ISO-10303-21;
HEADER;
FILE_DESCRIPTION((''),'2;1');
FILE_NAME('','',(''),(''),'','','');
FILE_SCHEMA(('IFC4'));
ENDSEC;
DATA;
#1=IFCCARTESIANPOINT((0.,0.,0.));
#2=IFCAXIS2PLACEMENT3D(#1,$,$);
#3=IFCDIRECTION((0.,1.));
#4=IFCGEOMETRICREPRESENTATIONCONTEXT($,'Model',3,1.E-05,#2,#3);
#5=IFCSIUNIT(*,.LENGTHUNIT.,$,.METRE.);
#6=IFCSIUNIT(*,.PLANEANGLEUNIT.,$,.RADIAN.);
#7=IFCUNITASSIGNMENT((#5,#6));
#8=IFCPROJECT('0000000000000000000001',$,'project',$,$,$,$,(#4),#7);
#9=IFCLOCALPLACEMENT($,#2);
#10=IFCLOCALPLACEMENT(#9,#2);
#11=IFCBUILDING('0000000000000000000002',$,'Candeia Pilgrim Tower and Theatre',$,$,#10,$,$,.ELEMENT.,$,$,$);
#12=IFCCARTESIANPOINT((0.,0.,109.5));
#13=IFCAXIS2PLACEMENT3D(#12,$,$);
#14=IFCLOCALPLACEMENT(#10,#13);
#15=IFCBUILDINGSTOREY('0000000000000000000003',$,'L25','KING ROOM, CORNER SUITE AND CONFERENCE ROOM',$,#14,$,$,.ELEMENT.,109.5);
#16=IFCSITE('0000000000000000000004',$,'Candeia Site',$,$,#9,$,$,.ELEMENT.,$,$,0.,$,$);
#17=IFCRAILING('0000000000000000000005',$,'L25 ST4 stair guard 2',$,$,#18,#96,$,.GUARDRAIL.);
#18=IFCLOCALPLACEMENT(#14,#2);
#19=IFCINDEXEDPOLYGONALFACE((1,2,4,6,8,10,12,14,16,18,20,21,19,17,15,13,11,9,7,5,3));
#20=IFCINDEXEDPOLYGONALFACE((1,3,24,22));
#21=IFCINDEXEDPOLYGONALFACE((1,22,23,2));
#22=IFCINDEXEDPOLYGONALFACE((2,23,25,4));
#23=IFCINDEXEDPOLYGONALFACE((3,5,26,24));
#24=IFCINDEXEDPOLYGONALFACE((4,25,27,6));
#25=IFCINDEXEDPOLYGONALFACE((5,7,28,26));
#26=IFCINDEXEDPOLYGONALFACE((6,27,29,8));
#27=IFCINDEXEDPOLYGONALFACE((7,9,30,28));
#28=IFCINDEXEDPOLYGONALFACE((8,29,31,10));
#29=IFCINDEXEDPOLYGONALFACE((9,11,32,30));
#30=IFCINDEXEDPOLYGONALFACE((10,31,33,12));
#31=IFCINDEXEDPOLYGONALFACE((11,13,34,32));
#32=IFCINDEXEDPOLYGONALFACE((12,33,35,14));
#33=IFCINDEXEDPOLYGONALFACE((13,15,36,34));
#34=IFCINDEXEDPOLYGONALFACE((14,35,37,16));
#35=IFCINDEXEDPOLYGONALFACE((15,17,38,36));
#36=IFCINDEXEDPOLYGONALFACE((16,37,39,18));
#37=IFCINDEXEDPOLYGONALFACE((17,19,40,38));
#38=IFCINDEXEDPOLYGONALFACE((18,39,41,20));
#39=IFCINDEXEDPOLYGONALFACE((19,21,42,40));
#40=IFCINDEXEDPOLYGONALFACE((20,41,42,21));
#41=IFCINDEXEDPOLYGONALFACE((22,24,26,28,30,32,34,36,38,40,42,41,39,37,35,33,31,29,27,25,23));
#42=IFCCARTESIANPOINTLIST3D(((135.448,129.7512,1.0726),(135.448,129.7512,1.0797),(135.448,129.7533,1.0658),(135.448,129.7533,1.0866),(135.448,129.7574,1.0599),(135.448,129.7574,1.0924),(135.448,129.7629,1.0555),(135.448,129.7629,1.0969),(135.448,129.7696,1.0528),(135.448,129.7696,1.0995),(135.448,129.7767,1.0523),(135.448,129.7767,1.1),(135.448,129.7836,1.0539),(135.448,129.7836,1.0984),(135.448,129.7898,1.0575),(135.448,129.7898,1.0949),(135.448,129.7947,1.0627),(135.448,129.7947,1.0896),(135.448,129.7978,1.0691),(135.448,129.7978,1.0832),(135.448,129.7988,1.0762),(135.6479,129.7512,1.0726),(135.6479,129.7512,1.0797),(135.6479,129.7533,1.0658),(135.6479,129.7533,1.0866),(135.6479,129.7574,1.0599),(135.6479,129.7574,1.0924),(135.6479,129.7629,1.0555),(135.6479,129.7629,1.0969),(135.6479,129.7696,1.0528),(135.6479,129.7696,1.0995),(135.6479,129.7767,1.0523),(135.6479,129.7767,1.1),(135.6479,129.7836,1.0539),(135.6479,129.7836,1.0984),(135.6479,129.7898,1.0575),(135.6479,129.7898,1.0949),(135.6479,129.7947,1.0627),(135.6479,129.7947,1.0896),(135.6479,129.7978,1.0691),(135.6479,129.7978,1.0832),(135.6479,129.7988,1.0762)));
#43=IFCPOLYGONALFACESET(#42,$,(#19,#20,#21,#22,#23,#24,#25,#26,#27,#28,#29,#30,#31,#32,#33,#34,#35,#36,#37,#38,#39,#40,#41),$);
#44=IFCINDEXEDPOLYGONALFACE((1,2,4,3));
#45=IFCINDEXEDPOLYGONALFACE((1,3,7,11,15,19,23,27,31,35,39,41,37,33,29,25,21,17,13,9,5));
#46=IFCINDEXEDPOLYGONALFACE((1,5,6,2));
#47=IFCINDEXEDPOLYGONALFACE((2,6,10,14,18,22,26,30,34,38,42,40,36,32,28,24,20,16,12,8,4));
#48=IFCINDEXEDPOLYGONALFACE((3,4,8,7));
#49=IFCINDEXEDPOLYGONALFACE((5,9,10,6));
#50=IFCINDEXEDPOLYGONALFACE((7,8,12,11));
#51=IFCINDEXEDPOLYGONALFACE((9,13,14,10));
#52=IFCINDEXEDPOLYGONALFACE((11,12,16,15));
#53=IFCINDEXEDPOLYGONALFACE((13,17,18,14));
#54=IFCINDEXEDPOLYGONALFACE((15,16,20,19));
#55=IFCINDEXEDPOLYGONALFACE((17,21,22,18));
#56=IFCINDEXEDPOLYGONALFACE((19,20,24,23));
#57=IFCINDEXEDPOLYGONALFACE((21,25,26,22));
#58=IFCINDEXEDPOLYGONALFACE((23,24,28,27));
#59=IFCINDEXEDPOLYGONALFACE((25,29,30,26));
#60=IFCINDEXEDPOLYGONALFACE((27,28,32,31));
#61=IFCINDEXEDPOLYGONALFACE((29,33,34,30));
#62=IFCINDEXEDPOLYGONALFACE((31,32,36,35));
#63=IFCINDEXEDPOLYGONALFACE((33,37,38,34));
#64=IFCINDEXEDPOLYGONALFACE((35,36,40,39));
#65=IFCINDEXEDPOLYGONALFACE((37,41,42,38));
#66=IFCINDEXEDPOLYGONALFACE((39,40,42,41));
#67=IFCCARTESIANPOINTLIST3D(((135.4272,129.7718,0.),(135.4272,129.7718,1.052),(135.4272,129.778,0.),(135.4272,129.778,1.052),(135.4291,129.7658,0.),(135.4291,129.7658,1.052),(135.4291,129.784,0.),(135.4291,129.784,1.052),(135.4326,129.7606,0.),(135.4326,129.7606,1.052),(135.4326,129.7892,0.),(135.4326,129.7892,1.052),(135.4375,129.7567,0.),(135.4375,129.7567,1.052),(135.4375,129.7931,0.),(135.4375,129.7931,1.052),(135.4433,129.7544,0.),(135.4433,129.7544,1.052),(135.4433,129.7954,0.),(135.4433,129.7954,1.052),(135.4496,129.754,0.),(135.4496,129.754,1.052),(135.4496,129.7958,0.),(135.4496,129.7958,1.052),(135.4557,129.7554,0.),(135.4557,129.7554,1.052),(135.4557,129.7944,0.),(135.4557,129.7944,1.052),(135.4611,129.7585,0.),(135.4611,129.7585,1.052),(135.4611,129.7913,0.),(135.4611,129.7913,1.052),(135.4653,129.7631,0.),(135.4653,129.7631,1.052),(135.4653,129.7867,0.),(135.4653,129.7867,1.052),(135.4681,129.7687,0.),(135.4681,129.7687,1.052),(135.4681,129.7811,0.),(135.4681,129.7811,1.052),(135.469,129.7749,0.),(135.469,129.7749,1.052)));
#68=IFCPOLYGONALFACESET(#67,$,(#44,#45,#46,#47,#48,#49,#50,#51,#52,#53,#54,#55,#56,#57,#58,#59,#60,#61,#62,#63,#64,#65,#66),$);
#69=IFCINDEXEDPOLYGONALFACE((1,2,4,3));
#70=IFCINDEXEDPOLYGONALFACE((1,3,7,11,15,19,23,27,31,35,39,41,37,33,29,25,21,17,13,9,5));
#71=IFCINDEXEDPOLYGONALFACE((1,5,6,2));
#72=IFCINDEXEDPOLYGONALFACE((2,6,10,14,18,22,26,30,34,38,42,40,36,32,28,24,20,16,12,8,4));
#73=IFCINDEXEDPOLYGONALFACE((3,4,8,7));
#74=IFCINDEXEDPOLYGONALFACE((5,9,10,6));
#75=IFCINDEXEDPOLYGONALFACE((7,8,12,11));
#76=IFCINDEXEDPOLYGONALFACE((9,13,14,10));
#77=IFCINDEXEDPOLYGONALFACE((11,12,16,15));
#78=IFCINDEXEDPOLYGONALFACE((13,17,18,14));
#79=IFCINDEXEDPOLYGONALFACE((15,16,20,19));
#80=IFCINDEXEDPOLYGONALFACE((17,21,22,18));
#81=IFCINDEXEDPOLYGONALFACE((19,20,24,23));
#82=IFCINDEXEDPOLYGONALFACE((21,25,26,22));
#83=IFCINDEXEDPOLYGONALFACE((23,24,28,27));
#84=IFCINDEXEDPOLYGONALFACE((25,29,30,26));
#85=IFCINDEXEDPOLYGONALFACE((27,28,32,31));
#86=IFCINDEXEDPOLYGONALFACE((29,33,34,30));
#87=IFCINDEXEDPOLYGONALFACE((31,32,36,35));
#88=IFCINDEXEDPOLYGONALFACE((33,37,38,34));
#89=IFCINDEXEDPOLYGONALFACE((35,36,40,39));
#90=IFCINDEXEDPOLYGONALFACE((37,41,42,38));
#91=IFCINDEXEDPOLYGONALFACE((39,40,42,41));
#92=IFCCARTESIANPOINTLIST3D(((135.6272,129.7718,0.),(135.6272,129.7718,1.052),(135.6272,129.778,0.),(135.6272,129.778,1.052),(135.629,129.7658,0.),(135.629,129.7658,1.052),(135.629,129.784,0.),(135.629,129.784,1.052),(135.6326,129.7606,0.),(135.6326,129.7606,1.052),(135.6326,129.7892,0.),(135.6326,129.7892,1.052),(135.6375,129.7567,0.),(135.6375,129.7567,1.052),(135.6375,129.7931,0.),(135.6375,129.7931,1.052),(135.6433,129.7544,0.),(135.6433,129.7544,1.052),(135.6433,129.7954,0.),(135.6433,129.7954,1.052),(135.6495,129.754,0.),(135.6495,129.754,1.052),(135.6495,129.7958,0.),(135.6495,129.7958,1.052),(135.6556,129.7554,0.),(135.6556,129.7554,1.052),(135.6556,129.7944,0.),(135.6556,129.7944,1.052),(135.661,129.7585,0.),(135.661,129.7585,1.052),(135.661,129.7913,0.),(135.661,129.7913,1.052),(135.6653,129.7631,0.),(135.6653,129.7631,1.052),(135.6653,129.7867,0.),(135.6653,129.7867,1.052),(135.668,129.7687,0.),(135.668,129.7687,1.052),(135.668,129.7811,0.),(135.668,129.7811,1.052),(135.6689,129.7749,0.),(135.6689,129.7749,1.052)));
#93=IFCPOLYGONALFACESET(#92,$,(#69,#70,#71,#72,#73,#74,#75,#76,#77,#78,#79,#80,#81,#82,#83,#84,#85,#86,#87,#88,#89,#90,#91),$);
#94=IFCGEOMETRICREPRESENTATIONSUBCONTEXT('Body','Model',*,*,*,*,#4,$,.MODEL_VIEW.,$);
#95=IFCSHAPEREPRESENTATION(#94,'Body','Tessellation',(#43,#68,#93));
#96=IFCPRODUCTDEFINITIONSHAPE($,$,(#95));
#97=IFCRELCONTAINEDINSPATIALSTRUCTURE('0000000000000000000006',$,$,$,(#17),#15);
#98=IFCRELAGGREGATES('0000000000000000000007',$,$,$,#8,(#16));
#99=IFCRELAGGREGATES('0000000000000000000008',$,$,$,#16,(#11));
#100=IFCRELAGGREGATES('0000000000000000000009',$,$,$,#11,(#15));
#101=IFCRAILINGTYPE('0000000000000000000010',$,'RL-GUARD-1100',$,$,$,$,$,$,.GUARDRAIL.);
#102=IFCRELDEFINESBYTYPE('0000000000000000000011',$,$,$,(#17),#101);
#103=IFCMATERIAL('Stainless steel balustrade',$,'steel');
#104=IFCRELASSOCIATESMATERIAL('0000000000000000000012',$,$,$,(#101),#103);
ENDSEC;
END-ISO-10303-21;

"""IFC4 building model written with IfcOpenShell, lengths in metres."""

from ifc_helpers import new_model, si_unit, direction, frame, origin, origin_2d, place, context, subcontext, project, spatial, circle, extrude, material, type_object, element, save


model = new_model("IFC4")

# Units and contexts
model_context = context("Model", 3, precision=1e-05, world=origin(), true_north=direction((0.0, 1.0)))
body_context = subcontext(model_context, "Body", "Model", "MODEL_VIEW")
ifc_project = project(units=[si_unit("LENGTHUNIT", "METRE"), si_unit("PLANEANGLEUNIT", "RADIAN")], contexts=[model_context])

# Site, building, storey
site_placement = place(None, origin())
site = spatial("IfcSite", under=ifc_project, at=site_placement, Name="Candeia Site", CompositionType="ELEMENT", RefElevation=0.0)
building_placement = place(site_placement, origin())
building = spatial("IfcBuilding", under=site, at=building_placement, Name="Candeia Pilgrim Tower and Theatre", CompositionType="ELEMENT")
storey_placement = place(building_placement, frame((0.0, 0.0, 109.5)))
storey = spatial("IfcBuildingStorey", under=building, at=storey_placement, Name="L25", Description="KING ROOM, CORNER SUITE AND CONFERENCE ROOM", CompositionType="ELEMENT", Elevation=109.5)

# Railing
ifc_material_1 = material(Name="Stainless steel balustrade", Category="steel")
railing_type_1 = type_object("IfcRailingType", Name="RL-GUARD-1100", PredefinedType="GUARDRAIL", material=ifc_material_1)
railing_1_placement = place(storey_placement, frame((135.448, 129.7749, 0.0)))
element("IfcRailing", 1, at=railing_1_placement, inside=storey, type_object=railing_type_1, Name="L25 ST4 stair guard 2", PredefinedType="GUARDRAIL", context=body_context, shape_type="SweptSolid", body=[
    extrude(circle(Radius=0.0239, at=origin_2d()), frame((0.0, 0.0, 1.0762), z_axis=(1.0, 0.0, 0.0), x_axis=(0.0, 1.0, 0.0)), (0.0, 0.0, 1.0), 0.2),
    extrude(circle(Radius=0.021, at=origin_2d()), origin(), (0.0, 0.0, 1.0), 1.052),
    extrude(circle(Radius=0.021, at=origin_2d()), frame((0.2, 0.0, 0.0)), (0.0, 0.0, 1.0), 1.052),
])

save(model, "model.ifc")
